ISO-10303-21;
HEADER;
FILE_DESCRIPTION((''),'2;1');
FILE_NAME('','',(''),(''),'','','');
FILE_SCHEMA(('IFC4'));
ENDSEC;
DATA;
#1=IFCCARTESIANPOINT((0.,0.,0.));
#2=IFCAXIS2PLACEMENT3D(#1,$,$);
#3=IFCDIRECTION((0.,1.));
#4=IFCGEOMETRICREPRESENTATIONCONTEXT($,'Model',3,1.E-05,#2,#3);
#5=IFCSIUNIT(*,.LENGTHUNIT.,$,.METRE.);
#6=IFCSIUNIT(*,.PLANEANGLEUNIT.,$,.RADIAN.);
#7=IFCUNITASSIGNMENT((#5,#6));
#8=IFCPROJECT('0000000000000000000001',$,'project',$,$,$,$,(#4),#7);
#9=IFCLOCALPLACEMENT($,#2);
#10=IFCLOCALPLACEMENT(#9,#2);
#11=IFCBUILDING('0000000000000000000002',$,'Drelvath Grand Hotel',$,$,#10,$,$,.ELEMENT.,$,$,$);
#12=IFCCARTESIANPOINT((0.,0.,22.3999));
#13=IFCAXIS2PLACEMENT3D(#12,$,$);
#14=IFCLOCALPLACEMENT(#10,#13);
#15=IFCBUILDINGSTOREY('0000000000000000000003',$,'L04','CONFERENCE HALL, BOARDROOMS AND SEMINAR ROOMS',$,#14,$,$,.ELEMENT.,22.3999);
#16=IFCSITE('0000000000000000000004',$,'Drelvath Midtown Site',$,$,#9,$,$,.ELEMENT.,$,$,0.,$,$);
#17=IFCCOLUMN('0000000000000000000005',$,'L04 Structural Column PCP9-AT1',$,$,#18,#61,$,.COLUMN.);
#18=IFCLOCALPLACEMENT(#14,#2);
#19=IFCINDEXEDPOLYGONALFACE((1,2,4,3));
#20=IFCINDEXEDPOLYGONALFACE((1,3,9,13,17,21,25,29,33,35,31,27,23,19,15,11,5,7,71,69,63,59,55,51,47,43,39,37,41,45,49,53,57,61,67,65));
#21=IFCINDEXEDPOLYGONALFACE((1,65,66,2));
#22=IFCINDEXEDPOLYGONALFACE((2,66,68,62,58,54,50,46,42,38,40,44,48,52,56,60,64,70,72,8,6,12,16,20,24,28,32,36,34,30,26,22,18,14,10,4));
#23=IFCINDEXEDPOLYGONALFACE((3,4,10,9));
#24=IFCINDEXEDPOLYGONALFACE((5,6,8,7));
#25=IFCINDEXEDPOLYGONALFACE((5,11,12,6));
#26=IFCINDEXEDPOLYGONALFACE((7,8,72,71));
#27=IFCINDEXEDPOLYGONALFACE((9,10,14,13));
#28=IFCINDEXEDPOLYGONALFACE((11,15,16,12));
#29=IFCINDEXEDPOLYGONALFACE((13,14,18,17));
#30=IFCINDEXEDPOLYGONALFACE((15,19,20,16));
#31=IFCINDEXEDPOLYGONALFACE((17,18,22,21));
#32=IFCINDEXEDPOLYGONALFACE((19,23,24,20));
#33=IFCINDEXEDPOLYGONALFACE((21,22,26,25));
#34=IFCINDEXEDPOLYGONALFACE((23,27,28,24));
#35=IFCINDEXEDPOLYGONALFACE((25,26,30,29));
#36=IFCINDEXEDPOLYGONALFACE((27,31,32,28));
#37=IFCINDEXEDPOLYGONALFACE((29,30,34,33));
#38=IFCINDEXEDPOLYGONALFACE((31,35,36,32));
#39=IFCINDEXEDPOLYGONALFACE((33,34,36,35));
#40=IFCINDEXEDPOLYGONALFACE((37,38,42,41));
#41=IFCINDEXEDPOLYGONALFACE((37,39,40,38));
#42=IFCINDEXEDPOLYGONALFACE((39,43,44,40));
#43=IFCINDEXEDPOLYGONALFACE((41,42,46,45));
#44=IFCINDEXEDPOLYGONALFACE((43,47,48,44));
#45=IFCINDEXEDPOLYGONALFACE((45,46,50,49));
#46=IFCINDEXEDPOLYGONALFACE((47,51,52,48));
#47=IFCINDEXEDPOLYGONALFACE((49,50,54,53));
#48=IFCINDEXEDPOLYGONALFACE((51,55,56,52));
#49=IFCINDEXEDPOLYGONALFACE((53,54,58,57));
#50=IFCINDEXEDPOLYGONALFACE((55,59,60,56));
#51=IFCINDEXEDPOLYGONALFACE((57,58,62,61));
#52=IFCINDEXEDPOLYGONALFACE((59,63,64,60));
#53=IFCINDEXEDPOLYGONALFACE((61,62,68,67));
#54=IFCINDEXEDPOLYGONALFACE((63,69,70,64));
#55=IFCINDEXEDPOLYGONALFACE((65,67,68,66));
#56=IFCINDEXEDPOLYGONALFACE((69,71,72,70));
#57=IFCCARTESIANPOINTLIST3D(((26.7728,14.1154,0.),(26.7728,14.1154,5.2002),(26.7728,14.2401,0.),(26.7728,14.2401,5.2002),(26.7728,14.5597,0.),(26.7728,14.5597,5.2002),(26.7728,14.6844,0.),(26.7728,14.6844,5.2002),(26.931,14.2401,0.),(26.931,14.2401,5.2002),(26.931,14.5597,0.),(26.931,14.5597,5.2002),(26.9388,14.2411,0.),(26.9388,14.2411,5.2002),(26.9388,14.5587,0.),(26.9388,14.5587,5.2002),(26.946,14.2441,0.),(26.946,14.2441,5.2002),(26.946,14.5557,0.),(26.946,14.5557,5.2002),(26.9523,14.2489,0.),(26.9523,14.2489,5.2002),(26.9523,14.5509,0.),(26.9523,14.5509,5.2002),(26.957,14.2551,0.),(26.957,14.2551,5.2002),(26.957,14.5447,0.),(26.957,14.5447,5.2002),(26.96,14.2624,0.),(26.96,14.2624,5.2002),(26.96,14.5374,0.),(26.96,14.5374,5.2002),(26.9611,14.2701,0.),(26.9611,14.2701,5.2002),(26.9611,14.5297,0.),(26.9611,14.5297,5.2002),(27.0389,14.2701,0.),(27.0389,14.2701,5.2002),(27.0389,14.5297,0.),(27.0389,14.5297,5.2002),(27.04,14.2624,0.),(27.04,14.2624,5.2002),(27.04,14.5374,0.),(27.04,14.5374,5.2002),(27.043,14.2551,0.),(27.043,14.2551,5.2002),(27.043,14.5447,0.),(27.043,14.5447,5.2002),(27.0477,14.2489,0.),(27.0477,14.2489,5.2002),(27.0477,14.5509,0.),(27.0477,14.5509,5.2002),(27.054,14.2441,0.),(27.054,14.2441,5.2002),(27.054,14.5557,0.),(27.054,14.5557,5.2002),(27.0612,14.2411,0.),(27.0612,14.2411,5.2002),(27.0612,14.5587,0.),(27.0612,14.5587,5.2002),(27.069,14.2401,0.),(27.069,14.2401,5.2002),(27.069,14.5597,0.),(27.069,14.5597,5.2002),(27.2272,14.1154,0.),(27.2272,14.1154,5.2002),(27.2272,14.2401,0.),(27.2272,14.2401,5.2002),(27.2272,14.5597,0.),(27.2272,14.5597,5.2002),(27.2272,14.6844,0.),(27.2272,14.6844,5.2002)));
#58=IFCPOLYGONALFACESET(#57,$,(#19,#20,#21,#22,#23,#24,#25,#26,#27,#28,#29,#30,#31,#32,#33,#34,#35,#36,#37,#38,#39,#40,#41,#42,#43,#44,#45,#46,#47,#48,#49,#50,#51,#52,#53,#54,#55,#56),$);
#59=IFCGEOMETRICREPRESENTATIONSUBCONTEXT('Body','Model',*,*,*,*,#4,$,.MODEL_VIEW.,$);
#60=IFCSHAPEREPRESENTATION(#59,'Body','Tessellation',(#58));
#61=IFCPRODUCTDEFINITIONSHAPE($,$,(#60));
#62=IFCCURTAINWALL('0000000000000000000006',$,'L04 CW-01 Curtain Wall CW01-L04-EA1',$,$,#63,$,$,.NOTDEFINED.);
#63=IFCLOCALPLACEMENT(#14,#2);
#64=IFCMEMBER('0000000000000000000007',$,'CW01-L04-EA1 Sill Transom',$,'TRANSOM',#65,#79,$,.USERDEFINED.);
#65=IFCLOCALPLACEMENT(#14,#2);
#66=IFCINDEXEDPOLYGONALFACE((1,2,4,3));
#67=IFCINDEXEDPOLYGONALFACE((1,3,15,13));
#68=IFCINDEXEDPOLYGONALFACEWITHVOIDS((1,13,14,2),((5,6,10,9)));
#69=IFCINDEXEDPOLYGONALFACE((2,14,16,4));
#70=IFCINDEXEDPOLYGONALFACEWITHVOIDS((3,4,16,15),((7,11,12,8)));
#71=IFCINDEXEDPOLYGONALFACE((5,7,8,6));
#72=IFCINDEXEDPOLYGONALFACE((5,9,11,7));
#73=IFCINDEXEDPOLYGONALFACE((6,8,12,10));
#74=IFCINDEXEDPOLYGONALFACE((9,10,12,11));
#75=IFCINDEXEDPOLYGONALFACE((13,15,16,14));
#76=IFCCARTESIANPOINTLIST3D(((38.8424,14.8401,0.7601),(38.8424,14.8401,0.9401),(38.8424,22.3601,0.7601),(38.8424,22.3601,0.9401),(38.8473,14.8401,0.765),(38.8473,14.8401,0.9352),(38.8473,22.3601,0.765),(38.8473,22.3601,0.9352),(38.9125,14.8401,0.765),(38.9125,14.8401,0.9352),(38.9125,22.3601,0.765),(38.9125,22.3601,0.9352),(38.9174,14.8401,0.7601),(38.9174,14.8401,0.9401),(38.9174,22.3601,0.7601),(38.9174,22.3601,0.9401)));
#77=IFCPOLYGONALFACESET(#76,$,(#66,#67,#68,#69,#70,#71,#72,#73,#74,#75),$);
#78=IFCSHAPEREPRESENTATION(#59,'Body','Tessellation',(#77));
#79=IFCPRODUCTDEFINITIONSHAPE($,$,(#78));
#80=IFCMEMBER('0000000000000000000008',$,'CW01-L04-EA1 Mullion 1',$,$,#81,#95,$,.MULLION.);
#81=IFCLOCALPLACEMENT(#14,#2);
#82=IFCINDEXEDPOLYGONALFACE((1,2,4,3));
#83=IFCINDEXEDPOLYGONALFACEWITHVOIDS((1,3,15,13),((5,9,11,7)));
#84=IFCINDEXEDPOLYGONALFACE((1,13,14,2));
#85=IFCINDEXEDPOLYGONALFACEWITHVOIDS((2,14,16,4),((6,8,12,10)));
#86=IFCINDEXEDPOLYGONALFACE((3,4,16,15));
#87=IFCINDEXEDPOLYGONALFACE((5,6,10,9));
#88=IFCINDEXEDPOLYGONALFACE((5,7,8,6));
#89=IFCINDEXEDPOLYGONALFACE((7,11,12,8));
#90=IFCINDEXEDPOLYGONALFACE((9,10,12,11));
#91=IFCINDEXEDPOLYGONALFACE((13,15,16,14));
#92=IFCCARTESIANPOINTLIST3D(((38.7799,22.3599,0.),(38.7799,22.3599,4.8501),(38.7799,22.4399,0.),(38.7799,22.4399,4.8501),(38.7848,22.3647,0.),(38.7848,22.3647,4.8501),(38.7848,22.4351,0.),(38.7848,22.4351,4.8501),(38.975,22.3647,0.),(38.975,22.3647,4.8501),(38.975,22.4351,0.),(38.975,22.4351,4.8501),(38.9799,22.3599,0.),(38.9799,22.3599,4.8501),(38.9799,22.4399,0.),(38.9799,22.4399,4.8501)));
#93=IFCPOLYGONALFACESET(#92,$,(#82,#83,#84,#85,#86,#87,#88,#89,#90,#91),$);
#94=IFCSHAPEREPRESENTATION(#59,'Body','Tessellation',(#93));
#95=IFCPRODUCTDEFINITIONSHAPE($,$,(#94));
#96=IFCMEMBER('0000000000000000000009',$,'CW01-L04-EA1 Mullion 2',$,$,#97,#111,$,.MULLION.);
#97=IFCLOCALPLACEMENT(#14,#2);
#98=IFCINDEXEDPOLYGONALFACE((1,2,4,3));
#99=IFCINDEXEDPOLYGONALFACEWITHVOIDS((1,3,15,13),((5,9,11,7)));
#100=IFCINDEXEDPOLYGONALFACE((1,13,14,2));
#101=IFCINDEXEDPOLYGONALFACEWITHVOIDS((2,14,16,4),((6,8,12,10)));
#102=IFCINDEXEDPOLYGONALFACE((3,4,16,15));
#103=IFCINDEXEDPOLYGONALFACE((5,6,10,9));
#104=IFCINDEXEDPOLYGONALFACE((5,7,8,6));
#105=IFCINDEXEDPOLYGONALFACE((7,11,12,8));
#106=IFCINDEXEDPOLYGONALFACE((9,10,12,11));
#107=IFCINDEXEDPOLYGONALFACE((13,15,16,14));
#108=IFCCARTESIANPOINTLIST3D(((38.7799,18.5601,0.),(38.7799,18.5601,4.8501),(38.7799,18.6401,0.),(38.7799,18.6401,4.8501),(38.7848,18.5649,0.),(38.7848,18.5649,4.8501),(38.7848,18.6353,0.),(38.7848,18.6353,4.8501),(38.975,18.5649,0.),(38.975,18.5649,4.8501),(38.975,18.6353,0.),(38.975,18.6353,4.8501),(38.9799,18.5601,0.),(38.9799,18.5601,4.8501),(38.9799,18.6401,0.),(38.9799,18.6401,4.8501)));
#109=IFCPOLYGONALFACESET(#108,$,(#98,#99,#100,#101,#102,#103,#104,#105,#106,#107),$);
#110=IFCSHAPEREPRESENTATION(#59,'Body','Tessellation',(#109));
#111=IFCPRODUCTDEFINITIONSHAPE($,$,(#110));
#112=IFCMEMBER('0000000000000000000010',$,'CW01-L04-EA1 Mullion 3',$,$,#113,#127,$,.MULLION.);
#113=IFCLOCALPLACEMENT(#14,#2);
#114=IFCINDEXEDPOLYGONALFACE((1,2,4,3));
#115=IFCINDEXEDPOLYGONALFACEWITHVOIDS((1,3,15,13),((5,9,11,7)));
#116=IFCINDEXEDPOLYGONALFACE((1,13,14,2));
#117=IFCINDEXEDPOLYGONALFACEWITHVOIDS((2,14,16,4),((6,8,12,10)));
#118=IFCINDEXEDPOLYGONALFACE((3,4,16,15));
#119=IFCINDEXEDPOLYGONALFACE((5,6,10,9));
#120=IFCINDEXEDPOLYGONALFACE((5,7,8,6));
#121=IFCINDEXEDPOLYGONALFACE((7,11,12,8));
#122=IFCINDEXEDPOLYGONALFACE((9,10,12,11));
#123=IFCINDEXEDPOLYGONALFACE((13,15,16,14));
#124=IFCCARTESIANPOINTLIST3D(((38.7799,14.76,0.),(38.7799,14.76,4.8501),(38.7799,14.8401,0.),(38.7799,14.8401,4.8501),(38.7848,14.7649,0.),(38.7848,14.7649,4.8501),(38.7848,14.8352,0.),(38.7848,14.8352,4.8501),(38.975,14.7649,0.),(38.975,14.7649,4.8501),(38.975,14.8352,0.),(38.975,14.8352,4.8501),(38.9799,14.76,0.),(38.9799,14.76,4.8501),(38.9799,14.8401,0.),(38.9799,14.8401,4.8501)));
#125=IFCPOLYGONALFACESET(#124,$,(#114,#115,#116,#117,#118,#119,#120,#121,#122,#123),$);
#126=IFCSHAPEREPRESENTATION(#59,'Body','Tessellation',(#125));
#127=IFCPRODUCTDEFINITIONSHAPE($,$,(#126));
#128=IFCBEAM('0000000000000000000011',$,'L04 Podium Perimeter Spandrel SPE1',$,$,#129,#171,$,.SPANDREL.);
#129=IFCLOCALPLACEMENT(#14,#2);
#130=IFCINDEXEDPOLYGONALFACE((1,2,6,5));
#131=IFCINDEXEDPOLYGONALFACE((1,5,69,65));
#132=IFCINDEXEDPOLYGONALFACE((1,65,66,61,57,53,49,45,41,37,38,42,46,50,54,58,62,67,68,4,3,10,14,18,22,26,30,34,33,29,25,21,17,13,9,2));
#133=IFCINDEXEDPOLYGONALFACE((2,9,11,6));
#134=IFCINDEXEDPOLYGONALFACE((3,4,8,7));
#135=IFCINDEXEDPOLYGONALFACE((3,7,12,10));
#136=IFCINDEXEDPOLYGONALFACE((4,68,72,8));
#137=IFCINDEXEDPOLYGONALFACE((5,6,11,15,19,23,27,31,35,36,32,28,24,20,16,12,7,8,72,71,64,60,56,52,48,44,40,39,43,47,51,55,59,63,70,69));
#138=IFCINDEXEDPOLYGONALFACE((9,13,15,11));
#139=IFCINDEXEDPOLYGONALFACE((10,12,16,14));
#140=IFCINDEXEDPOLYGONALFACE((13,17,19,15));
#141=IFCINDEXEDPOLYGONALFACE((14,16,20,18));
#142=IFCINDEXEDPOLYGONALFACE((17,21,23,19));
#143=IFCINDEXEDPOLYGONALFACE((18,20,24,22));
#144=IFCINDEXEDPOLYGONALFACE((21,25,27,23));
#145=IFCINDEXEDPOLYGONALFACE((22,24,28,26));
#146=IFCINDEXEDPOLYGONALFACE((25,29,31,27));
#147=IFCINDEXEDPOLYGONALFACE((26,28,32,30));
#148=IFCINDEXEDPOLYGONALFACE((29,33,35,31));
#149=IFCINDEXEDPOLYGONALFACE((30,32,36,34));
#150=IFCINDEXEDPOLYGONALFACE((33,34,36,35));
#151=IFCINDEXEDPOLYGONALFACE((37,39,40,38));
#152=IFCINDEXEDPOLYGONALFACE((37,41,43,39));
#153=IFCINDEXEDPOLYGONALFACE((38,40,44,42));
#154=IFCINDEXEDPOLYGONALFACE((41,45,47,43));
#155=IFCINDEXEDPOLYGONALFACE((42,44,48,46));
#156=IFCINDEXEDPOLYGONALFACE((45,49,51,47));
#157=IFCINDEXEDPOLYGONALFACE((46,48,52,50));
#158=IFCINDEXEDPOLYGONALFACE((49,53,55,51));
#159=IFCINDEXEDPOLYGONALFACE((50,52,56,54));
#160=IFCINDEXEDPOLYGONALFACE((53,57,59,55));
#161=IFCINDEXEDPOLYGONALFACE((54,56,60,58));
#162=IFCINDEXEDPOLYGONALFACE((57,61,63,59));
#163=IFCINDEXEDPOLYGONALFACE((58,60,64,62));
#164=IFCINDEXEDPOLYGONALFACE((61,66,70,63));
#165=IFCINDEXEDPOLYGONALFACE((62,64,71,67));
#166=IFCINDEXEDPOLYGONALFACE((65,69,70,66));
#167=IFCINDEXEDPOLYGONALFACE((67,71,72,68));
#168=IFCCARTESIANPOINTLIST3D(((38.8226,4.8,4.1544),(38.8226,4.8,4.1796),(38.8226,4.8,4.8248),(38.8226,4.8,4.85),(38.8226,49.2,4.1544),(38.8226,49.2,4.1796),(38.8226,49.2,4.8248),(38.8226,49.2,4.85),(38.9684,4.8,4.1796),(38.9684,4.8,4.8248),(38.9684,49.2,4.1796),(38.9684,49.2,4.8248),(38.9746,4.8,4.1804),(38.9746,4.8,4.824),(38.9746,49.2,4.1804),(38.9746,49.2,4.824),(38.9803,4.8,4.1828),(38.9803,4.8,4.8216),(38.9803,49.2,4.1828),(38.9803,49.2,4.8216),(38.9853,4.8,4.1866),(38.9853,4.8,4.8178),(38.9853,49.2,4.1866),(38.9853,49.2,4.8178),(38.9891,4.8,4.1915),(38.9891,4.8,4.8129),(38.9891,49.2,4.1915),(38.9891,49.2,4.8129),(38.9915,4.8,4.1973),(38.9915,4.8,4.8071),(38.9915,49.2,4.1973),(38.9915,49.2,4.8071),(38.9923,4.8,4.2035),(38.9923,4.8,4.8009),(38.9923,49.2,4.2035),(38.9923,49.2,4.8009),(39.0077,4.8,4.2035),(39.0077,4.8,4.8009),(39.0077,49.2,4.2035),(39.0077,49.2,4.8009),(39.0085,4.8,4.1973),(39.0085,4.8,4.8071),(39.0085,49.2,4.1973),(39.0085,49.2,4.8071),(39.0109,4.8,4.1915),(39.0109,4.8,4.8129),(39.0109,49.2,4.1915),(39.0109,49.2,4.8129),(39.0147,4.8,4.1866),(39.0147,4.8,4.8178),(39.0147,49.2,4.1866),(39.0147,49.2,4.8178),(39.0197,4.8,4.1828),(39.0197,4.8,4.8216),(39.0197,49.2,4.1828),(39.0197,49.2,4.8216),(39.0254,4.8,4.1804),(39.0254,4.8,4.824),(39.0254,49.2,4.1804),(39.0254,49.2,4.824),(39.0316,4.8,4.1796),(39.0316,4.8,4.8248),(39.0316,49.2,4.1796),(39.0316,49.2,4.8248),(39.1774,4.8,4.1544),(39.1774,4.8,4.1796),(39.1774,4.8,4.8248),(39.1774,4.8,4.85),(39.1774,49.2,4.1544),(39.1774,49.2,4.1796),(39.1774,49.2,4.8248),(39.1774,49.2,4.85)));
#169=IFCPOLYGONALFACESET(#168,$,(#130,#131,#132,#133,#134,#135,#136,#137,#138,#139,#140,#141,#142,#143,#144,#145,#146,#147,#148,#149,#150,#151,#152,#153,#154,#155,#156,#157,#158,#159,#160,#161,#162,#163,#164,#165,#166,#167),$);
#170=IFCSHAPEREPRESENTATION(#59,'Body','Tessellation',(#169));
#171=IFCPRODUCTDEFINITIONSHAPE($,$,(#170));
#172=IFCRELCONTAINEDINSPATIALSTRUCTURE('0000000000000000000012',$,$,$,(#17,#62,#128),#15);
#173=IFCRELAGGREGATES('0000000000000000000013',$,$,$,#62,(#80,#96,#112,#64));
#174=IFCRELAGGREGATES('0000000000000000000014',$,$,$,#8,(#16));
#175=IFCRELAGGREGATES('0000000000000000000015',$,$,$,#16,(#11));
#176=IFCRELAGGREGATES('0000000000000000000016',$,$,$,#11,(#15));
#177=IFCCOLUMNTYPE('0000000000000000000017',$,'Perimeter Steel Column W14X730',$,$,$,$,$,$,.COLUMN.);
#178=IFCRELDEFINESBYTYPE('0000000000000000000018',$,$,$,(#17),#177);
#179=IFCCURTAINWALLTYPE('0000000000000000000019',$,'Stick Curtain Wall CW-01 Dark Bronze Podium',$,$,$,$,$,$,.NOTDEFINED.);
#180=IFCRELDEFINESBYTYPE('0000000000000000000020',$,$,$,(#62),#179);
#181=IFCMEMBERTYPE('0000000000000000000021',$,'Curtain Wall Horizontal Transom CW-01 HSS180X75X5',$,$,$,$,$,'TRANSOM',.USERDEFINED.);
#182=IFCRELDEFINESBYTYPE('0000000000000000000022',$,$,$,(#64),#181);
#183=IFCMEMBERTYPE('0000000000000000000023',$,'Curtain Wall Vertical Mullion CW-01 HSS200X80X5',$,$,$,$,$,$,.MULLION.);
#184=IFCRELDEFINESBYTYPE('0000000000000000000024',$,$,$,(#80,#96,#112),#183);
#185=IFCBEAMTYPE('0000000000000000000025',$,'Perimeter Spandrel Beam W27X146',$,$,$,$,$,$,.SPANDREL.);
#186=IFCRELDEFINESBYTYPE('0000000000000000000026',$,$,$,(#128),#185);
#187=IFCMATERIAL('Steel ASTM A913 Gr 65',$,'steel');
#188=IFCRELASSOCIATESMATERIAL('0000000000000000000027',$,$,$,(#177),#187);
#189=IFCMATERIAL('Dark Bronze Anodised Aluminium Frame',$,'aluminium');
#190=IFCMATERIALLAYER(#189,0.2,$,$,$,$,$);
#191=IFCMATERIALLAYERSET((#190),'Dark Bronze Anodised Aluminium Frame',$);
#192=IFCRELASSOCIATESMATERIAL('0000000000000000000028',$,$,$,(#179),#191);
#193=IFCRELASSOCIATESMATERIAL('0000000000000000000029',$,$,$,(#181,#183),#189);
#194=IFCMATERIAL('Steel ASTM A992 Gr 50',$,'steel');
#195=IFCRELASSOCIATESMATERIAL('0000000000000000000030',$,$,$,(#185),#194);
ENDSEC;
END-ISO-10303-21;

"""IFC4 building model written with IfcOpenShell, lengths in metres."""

from ifc_helpers import new_model, si_unit, direction, frame, origin, origin_2d, place, context, subcontext, project, spatial, hollow_rectangle, i_section, extrude, material, layer, layer_set, material_profile, profile_set, type_object, element, aggregate, save


model = new_model("IFC4")

# Units and contexts
model_context = context("Model", 3, precision=1e-05, world=origin(), true_north=direction((0.0, 1.0)))
body_context = subcontext(model_context, "Body", "Model", "MODEL_VIEW")
ifc_project = project(units=[si_unit("LENGTHUNIT", "METRE"), si_unit("PLANEANGLEUNIT", "RADIAN")], contexts=[model_context])

# Site, building, storey
site_placement = place(None, origin())
site = spatial("IfcSite", under=ifc_project, at=site_placement, Name="Drelvath Midtown Site", CompositionType="ELEMENT", RefElevation=0.0)
building_placement = place(site_placement, origin())
building = spatial("IfcBuilding", under=site, at=building_placement, Name="Drelvath Grand Hotel", CompositionType="ELEMENT")
storey_placement = place(building_placement, frame((0.0, 0.0, 22.3999)))
storey = spatial("IfcBuildingStorey", under=building, at=storey_placement, Name="L04", Description="CONFERENCE HALL, BOARDROOMS AND SEMINAR ROOMS", CompositionType="ELEMENT", Elevation=22.3999)

# Column
ifc_material_1 = material(Name="Steel ASTM A913 Gr 65", Category="steel")
ifc_material_profile_1 = material_profile(ifc_material_1, i_section(OverallWidth=0.4543, OverallDepth=0.5691, WebThickness=0.0779, FlangeThickness=0.1248, FilletRadius=0.03, at=origin_2d()), Name="W14X730")
ifc_profile_set_1 = profile_set([ifc_material_profile_1], Name="Steel ASTM A913 Gr 65")
column_type_1 = type_object("IfcColumnType", Name="Perimeter Steel Column W14X730", PredefinedType="COLUMN", material=ifc_profile_set_1)
for number, where, z_axis, x_axis, name in (
    (1, (27.0, 14.3999, 0.0), (0.0, 0.0, 1.0), (1.0, 0.0, 0.0), "L04 Structural Column PCP9-AT1"),
):
    element("IfcColumn", number, at=place(storey_placement, frame(where, z_axis=z_axis, x_axis=x_axis)), inside=storey, type_object=column_type_1, Name=name, PredefinedType="COLUMN", context=body_context, shape_type="SweptSolid", body=[
        extrude(i_section(OverallWidth=0.4543, OverallDepth=0.5691, WebThickness=0.0779, FlangeThickness=0.1248, FilletRadius=0.03, at=origin_2d()), origin(), (0.0, 0.0, 1.0), 5.2002),
    ])

# Curtain wall, members
ifc_material_2 = material(Name="Dark Bronze Anodised Aluminium Frame", Category="aluminium")
ifc_layer_1 = layer(ifc_material_2, 0.2)
ifc_layer_set_1 = layer_set([ifc_layer_1], Name="Dark Bronze Anodised Aluminium Frame")
curtain_wall_type = type_object("IfcCurtainWallType", Name="Stick Curtain Wall CW-01 Dark Bronze Podium", PredefinedType="NOTDEFINED", material=ifc_layer_set_1)
curtain_wall_placement = place(storey_placement, origin())
curtain_wall = element("IfcCurtainWall", 2, at=curtain_wall_placement, inside=storey, type_object=curtain_wall_type, Name="L04 CW-01 Curtain Wall CW01-L04-EA1", PredefinedType="NOTDEFINED")
ifc_material_profile_2 = material_profile(ifc_material_2, hollow_rectangle(XDim=0.075, YDim=0.1799, WallThickness=0.0049, at=origin_2d()), Name="HSS180X75X5")
ifc_profile_set_2 = profile_set([ifc_material_profile_2], Name="Dark Bronze Anodised Aluminium Frame")
member_type_1 = type_object("IfcMemberType", Name="Curtain Wall Horizontal Transom CW-01 HSS180X75X5", ElementType="TRANSOM", PredefinedType="USERDEFINED", material=ifc_profile_set_2)
member_1_placement = place(storey_placement, frame((38.8799, 22.3601, 0.8501), z_axis=(0.0, -1.0, 0.0), x_axis=(1.0, 0.0, 0.0)))
member_1 = element("IfcMember", 3, at=member_1_placement, type_object=member_type_1, Name="CW01-L04-EA1 Sill Transom", ObjectType="TRANSOM", PredefinedType="USERDEFINED", context=body_context, shape_type="SweptSolid", body=[
    extrude(hollow_rectangle(XDim=0.075, YDim=0.1799, WallThickness=0.0049, at=origin_2d()), origin(), (0.0, 0.0, 1.0), 7.52),
])
ifc_material_profile_3 = material_profile(ifc_material_2, hollow_rectangle(XDim=0.0801, YDim=0.2, WallThickness=0.0049, at=origin_2d()), Name="HSS200X80X5")
ifc_profile_set_3 = profile_set([ifc_material_profile_3], Name="Dark Bronze Anodised Aluminium Frame")
member_type_2 = type_object("IfcMemberType", Name="Curtain Wall Vertical Mullion CW-01 HSS200X80X5", PredefinedType="MULLION", material=ifc_profile_set_3)
member_2_placement = place(storey_placement, frame((38.8799, 22.3999, 0.0), z_axis=(0.0, 0.0, 1.0), x_axis=(0.0, 1.0, 0.0)))
member_2 = element("IfcMember", 4, at=member_2_placement, type_object=member_type_2, Name="CW01-L04-EA1 Mullion 1", PredefinedType="MULLION", context=body_context, shape_type="SweptSolid", body=[
    extrude(hollow_rectangle(XDim=0.0801, YDim=0.2, WallThickness=0.0049, at=origin_2d()), origin(), (0.0, 0.0, 1.0), 4.8501),
])
member_3_placement = place(storey_placement, frame((38.8799, 18.6001, 0.0), z_axis=(0.0, 0.0, 1.0), x_axis=(0.0, 1.0, 0.0)))
member_3 = element("IfcMember", 5, at=member_3_placement, type_object=member_type_2, Name="CW01-L04-EA1 Mullion 2", PredefinedType="MULLION", context=body_context, shape_type="SweptSolid", body=[
    extrude(hollow_rectangle(XDim=0.0801, YDim=0.2, WallThickness=0.0049, at=origin_2d()), origin(), (0.0, 0.0, 1.0), 4.8501),
])
member_4_placement = place(storey_placement, frame((38.8799, 14.8, 0.0), z_axis=(0.0, 0.0, 1.0), x_axis=(0.0, 1.0, 0.0)))
member_4 = element("IfcMember", 6, at=member_4_placement, type_object=member_type_2, Name="CW01-L04-EA1 Mullion 3", PredefinedType="MULLION", context=body_context, shape_type="SweptSolid", body=[
    extrude(hollow_rectangle(XDim=0.0801, YDim=0.2, WallThickness=0.0049, at=origin_2d()), origin(), (0.0, 0.0, 1.0), 4.8501),
])

# Beam
ifc_material_3 = material(Name="Steel ASTM A992 Gr 50", Category="steel")
ifc_material_profile_4 = material_profile(ifc_material_3, i_section(OverallWidth=0.3547, OverallDepth=0.6956, WebThickness=0.0154, FlangeThickness=0.0251, FilletRadius=0.0239, at=origin_2d()), Name="W27X146")
ifc_profile_set_4 = profile_set([ifc_material_profile_4], Name="Steel ASTM A992 Gr 50")
beam_type_1 = type_object("IfcBeamType", Name="Perimeter Spandrel Beam W27X146", PredefinedType="SPANDREL", material=ifc_profile_set_4)
beam_1_placement = place(storey_placement, frame((39.0, 4.8, 4.5022), z_axis=(0.0, 1.0, 0.0), x_axis=(-1.0, 0.0, 0.0)))
element("IfcBeam", 7, at=beam_1_placement, inside=storey, type_object=beam_type_1, Name="L04 Podium Perimeter Spandrel SPE1", PredefinedType="SPANDREL", context=body_context, shape_type="SweptSolid", body=[
    extrude(i_section(OverallWidth=0.3547, OverallDepth=0.6956, WebThickness=0.0154, FlangeThickness=0.0251, FilletRadius=0.0239, at=origin_2d()), origin(), (0.0, 0.0, 1.0), 44.3999),
])

aggregate(curtain_wall, [member_2, member_3, member_4, member_1])

save(model, "model.ifc")
